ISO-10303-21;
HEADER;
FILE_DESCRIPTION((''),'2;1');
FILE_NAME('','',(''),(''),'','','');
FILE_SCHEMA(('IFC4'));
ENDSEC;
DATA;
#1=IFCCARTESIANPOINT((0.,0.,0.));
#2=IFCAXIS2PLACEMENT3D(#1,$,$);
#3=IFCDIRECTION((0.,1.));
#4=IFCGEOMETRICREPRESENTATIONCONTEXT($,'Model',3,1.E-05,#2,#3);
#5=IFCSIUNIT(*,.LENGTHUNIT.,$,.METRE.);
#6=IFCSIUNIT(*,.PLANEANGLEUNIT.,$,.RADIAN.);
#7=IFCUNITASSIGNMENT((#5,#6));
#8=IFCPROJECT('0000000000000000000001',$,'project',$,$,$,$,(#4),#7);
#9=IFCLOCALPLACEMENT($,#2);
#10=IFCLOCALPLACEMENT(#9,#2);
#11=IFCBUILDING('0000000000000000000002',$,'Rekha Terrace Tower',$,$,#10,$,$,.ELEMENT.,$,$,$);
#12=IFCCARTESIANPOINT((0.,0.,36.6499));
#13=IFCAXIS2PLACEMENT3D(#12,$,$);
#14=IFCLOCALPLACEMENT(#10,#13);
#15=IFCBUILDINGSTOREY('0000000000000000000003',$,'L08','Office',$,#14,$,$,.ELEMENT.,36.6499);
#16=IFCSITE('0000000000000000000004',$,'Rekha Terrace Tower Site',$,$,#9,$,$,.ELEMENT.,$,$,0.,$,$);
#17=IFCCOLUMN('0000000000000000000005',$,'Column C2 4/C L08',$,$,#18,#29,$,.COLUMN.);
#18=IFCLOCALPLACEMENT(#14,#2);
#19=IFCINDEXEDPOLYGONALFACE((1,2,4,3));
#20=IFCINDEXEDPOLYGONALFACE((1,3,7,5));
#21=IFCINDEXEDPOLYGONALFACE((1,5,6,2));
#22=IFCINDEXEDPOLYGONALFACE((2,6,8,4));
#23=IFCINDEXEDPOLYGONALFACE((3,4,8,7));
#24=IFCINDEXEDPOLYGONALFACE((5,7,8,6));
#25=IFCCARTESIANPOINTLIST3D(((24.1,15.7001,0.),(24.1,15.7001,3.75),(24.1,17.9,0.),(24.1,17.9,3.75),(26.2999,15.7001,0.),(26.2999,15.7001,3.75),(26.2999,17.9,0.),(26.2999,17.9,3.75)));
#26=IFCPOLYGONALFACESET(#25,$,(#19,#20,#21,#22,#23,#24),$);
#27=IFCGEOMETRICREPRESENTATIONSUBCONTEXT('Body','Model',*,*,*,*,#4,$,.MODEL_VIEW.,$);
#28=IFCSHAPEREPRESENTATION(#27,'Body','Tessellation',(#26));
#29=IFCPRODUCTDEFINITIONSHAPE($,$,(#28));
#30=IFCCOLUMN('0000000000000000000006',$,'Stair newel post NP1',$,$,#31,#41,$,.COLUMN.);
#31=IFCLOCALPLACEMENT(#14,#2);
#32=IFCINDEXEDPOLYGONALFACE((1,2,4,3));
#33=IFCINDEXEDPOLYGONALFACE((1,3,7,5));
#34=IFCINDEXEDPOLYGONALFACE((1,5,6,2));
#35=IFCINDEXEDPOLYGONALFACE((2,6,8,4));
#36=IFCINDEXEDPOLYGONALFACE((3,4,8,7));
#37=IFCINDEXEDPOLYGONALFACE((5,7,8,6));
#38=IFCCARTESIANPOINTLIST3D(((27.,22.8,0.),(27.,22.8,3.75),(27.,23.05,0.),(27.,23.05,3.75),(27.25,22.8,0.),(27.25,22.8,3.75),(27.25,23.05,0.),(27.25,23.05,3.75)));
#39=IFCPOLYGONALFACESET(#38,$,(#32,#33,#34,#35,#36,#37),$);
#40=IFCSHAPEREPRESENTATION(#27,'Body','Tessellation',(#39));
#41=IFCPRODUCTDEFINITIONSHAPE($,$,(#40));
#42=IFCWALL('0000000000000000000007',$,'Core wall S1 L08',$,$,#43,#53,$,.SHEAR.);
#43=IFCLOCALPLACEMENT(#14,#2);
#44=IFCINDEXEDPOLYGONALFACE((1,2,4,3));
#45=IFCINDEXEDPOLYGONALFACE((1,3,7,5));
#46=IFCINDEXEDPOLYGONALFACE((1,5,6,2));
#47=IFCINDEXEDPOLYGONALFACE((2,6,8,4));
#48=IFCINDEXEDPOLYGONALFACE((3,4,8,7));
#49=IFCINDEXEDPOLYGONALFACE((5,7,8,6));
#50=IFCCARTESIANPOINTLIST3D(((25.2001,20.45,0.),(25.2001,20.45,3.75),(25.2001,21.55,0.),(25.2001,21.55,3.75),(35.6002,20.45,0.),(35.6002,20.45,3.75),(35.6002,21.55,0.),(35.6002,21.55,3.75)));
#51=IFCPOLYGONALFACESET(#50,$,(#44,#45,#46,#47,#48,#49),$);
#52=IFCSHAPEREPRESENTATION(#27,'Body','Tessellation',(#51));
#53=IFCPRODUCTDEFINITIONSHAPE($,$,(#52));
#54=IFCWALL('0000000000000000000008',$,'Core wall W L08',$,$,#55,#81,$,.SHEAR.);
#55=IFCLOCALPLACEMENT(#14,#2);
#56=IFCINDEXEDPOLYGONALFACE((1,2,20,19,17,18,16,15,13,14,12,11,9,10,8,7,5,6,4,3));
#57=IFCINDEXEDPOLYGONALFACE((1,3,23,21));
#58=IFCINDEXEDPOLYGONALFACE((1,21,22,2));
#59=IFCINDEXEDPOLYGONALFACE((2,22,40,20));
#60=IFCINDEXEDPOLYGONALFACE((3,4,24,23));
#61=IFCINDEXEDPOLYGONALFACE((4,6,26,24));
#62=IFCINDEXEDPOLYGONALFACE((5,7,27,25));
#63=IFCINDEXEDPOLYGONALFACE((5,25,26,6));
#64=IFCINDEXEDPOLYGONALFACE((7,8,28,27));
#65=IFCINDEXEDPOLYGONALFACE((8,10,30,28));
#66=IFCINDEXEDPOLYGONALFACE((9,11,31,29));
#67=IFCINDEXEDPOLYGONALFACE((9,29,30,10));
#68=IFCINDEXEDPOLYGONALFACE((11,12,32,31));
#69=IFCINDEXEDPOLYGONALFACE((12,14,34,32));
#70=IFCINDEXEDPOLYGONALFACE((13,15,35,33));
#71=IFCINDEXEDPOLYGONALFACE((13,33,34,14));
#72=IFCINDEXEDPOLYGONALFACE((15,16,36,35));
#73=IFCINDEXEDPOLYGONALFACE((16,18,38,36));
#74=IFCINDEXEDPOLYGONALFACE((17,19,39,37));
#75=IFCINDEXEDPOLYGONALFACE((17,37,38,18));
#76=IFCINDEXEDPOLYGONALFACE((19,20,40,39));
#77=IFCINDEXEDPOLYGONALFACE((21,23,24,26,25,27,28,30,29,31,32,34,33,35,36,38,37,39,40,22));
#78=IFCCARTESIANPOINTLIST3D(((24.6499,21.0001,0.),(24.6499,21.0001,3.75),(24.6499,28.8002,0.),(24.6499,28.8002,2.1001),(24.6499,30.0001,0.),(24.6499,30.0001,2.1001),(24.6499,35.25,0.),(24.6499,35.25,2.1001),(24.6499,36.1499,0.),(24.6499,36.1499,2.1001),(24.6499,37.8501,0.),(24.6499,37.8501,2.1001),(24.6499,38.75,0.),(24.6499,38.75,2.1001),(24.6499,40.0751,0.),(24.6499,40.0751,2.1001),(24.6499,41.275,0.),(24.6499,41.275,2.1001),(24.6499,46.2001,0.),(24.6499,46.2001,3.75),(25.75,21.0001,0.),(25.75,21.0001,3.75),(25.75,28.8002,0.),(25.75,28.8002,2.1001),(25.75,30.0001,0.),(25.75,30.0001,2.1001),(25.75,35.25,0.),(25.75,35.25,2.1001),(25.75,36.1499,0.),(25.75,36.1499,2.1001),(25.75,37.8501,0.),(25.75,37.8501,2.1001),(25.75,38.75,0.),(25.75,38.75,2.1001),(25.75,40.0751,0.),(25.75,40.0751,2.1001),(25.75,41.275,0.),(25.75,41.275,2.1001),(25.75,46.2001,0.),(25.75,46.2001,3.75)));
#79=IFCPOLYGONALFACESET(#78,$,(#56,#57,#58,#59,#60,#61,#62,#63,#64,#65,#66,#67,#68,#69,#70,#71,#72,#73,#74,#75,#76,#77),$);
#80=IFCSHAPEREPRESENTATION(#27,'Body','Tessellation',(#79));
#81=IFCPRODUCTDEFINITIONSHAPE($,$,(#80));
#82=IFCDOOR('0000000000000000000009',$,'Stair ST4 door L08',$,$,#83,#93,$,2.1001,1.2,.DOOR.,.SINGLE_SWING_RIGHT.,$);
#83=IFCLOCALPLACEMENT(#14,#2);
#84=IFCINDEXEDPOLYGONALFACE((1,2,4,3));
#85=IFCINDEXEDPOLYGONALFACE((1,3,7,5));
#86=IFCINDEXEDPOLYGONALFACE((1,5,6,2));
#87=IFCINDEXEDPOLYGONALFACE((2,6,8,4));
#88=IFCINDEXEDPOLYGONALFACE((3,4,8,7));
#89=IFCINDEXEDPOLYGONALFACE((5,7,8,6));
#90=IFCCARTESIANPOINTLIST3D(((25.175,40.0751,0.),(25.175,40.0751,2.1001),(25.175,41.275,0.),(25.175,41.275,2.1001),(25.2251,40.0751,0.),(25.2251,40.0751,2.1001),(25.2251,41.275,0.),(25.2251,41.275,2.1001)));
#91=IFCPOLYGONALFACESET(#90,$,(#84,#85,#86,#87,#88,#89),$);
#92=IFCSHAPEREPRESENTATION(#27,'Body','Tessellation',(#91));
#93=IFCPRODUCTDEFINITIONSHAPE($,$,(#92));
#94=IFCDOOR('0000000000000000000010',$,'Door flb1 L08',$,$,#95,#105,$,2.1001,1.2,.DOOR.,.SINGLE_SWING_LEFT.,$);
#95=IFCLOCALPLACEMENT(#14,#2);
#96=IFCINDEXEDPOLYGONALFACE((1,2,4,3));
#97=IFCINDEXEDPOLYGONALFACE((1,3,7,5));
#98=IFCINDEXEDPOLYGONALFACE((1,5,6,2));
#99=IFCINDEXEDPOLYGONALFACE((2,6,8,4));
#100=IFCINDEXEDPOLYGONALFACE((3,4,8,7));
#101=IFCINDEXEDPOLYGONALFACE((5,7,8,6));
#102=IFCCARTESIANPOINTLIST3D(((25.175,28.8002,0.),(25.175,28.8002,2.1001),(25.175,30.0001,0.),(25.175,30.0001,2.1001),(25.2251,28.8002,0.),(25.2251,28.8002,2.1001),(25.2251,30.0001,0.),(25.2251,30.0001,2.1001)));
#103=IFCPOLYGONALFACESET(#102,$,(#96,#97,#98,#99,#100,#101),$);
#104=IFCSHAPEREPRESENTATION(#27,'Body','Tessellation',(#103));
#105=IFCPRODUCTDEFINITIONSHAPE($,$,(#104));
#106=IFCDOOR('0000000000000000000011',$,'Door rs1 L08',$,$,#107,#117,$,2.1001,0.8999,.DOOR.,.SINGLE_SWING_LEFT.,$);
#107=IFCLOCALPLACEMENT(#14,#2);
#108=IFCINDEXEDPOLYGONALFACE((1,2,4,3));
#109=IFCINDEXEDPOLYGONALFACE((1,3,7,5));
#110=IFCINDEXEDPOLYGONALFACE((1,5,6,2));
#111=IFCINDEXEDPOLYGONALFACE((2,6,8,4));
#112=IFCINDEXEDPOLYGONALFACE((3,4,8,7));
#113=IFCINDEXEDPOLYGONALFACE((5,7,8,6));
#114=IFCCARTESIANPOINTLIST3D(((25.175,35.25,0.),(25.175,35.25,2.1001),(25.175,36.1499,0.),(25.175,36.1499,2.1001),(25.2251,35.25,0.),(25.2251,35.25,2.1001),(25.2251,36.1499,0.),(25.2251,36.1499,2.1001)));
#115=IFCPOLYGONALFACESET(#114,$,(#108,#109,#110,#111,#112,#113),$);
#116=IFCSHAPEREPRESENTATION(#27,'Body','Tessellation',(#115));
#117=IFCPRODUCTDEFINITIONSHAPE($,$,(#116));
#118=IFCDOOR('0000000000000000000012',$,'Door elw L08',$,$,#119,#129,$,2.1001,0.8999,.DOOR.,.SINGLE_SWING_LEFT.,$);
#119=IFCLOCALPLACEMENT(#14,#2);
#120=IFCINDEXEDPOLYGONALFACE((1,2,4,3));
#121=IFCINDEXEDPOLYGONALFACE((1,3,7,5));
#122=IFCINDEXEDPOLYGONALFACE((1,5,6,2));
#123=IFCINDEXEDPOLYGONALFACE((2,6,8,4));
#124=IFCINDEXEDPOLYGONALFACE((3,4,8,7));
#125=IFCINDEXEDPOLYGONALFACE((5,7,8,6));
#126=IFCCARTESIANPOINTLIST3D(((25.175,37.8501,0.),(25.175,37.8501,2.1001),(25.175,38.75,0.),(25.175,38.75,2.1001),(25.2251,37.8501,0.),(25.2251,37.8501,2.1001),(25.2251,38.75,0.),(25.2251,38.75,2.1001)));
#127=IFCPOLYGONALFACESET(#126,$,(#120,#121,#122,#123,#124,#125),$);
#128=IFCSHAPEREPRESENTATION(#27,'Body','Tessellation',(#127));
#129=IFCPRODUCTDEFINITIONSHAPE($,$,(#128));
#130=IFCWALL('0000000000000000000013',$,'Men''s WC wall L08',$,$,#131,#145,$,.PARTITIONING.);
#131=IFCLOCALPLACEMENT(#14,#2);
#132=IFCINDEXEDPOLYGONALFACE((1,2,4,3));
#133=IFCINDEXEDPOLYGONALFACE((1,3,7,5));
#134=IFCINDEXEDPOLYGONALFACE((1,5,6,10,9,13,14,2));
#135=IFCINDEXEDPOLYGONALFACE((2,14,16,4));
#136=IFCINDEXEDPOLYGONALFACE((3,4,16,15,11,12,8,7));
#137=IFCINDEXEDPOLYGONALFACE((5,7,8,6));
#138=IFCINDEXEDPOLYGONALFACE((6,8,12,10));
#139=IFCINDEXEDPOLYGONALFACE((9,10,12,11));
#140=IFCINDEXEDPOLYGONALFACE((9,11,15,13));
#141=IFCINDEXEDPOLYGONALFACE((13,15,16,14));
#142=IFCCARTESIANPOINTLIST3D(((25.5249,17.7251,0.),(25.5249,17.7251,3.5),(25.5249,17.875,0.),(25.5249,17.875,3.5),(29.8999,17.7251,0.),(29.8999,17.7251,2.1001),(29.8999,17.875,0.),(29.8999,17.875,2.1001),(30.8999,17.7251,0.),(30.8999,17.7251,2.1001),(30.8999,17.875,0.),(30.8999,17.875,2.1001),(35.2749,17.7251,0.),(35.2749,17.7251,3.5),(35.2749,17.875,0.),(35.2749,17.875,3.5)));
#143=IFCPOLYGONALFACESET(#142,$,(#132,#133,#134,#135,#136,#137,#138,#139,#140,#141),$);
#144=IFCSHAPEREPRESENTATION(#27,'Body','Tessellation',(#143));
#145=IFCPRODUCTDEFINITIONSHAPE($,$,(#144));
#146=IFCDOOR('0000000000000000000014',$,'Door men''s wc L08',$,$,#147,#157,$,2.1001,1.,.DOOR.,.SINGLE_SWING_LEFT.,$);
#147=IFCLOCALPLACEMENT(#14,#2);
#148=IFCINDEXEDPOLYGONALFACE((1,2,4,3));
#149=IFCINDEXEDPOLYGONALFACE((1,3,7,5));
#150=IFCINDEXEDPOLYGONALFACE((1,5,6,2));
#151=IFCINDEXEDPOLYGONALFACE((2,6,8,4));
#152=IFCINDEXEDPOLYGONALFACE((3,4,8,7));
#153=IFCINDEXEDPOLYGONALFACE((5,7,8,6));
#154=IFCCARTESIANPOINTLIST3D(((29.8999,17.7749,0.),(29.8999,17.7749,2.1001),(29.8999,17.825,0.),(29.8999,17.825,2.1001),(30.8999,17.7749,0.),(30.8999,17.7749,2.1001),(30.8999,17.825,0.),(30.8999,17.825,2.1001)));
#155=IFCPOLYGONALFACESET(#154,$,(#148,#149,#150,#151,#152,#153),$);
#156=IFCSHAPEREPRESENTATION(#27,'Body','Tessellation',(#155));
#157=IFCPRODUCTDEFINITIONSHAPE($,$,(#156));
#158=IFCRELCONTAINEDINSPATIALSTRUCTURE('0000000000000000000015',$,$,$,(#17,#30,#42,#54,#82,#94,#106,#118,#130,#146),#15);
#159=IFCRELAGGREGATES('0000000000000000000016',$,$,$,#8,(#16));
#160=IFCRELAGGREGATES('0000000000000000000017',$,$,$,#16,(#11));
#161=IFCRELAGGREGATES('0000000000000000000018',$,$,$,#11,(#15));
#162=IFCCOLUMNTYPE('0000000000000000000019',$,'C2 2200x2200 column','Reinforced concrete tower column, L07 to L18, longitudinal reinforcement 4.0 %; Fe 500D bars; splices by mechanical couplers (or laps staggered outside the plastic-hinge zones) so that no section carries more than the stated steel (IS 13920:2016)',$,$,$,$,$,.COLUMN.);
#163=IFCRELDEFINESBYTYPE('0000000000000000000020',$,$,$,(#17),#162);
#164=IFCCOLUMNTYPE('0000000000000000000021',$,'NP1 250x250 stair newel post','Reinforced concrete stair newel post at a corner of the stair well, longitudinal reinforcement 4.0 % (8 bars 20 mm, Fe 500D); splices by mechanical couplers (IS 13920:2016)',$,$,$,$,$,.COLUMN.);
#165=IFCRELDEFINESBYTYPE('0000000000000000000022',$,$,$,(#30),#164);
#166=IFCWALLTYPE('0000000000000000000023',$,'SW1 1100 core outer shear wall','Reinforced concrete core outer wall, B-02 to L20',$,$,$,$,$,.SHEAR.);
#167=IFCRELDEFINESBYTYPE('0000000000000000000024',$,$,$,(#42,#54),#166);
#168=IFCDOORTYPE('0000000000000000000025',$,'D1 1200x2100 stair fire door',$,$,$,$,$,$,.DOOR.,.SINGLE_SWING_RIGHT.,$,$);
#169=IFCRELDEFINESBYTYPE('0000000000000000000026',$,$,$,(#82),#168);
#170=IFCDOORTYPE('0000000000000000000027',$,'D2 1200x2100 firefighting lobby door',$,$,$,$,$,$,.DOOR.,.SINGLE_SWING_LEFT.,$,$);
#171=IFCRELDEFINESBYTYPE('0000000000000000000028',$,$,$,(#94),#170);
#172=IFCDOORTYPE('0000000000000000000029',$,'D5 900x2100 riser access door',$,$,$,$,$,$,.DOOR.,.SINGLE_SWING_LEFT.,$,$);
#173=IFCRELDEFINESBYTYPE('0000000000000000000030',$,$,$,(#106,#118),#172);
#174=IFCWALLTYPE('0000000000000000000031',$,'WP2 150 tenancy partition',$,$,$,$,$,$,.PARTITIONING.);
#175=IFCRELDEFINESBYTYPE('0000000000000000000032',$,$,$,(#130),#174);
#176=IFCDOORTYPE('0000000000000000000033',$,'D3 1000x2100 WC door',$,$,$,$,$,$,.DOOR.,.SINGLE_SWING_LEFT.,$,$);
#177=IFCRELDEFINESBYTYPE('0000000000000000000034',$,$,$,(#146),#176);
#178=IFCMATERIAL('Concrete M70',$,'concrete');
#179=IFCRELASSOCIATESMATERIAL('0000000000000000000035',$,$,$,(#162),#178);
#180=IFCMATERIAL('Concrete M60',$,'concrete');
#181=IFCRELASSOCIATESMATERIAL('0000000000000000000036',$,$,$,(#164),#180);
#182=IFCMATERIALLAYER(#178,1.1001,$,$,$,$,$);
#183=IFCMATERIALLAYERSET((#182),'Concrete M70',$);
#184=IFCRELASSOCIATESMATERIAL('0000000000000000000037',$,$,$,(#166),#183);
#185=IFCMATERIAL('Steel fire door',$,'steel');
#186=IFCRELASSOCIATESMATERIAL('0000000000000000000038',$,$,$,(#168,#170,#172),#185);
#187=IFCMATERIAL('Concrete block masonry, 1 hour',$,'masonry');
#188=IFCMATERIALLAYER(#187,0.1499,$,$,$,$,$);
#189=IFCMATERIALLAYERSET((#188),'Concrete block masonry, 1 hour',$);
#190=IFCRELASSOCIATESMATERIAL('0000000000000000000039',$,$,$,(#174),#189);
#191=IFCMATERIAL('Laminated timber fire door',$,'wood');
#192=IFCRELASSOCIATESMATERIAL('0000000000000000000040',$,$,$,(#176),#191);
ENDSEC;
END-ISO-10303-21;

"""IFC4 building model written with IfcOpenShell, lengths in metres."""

from ifc_helpers import new_model, si_unit, direction, frame, frame_2d, origin, origin_2d, place, context, subcontext, project, spatial, rectangle, extrude, material, layer, layer_set, material_profile, profile_set, type_object, element, fill, save


model = new_model("IFC4")

# Units and contexts
model_context = context("Model", 3, precision=1e-05, world=origin(), true_north=direction((0.0, 1.0)))
body_context = subcontext(model_context, "Body", "Model", "MODEL_VIEW")
ifc_project = project(units=[si_unit("LENGTHUNIT", "METRE"), si_unit("PLANEANGLEUNIT", "RADIAN")], contexts=[model_context])

# Site, building, storey
site_placement = place(None, origin())
site = spatial("IfcSite", under=ifc_project, at=site_placement, Name="Rekha Terrace Tower Site", CompositionType="ELEMENT", RefElevation=0.0)
building_placement = place(site_placement, origin())
building = spatial("IfcBuilding", under=site, at=building_placement, Name="Rekha Terrace Tower", CompositionType="ELEMENT")
storey_placement = place(building_placement, frame((0.0, 0.0, 36.6499)))
storey = spatial("IfcBuildingStorey", under=building, at=storey_placement, Name="L08", Description="Office", CompositionType="ELEMENT", Elevation=36.6499)

# Columns
ifc_material_1 = material(Name="Concrete M70", Category="concrete")
ifc_material_profile_1 = material_profile(ifc_material_1, rectangle(XDim=2.2, YDim=2.2, at=origin_2d()), Name="RC 2200x2200")
ifc_profile_set_1 = profile_set([ifc_material_profile_1], Name="Concrete M70")
column_type_1 = type_object("IfcColumnType", Name="C2 2200x2200 column", Description="Reinforced concrete tower column, L07 to L18, longitudinal reinforcement 4.0 %; Fe 500D bars; splices by mechanical couplers (or laps staggered outside the plastic-hinge zones) so that no section carries more than the stated steel (IS 13920:2016)", PredefinedType="COLUMN", material=ifc_profile_set_1)
column_1_placement = place(storey_placement, frame((25.2, 16.8, 0.0), z_axis=(0.0, 0.0, 1.0), x_axis=(1.0, 0.0, 0.0)))
element("IfcColumn", 1, at=column_1_placement, inside=storey, type_object=column_type_1, Name="Column C2 4/C L08", PredefinedType="COLUMN", context=body_context, shape_type="SweptSolid", body=[
    extrude(rectangle(XDim=2.2, YDim=2.2, at=origin_2d()), origin(), (0.0, 0.0, 1.0), 3.75),
])
ifc_material_2 = material(Name="Concrete M60", Category="concrete")
ifc_material_profile_2 = material_profile(ifc_material_2, rectangle(XDim=0.25, YDim=0.25, at=origin_2d()), Name="RC 250x250")
ifc_profile_set_2 = profile_set([ifc_material_profile_2], Name="Concrete M60")
column_type_2 = type_object("IfcColumnType", Name="NP1 250x250 stair newel post", Description="Reinforced concrete stair newel post at a corner of the stair well, longitudinal reinforcement 4.0 % (8 bars 20 mm, Fe 500D); splices by mechanical couplers (IS 13920:2016)", PredefinedType="COLUMN", material=ifc_profile_set_2)
column_2_placement = place(storey_placement, frame((27.125, 22.925, 0.0), z_axis=(0.0, 0.0, 1.0), x_axis=(1.0, 0.0, 0.0)))
element("IfcColumn", 2, at=column_2_placement, inside=storey, type_object=column_type_2, Name="Stair newel post NP1", PredefinedType="COLUMN", context=body_context, shape_type="SweptSolid", body=[
    extrude(rectangle(XDim=0.25, YDim=0.25, at=origin_2d()), origin(), (0.0, 0.0, 1.0), 3.75),
])

# Wall
ifc_layer_1 = layer(ifc_material_1, 1.1001)
ifc_layer_set_1 = layer_set([ifc_layer_1], Name="Concrete M70")
wall_type_1 = type_object("IfcWallType", Name="SW1 1100 core outer shear wall", Description="Reinforced concrete core outer wall, B-02 to L20", PredefinedType="SHEAR", material=ifc_layer_set_1)
wall_1_placement = place(storey_placement, frame((25.2, 21.0, 0.0), z_axis=(0.0, 0.0, 1.0), x_axis=(1.0, 0.0, 0.0)))
element("IfcWall", 3, at=wall_1_placement, inside=storey, type_object=wall_type_1, Name="Core wall S1 L08", PredefinedType="SHEAR", context=body_context, shape_type="SweptSolid", body=[
    extrude(rectangle(XDim=10.4001, YDim=1.1001, at=frame_2d((5.2002, 0.0))), origin(), (0.0, 0.0, 1.0), 3.75),
])

# Wall, openings, doors
wall_2_placement = place(storey_placement, frame((25.2, 21.0, 0.0), z_axis=(0.0, 0.0, 1.0), x_axis=(0.0, 1.0, 0.0)))
wall_2 = element("IfcWall", 4, at=wall_2_placement, inside=storey, type_object=wall_type_1, Name="Core wall W L08", PredefinedType="SHEAR", context=body_context, shape_type="SweptSolid", body=[
    extrude(rectangle(XDim=25.2, YDim=1.1001, at=frame_2d((12.6001, 0.0))), origin(), (0.0, 0.0, 1.0), 3.75),
])
opening_1_placement = place(wall_2_placement, frame((7.8, 0.0, 0.0)))
opening_1 = element("IfcOpeningElement", 5, at=opening_1_placement, cuts=wall_2, PredefinedType="OPENING", context=body_context, shape_type="SweptSolid", body=[
    extrude(rectangle(XDim=1.2, YDim=2.1001, at=frame_2d((0.6001, 1.05))), frame((0.0, 0.5601, 0.0), z_axis=(0.0, -1.0, 0.0), x_axis=(1.0, 0.0, 0.0)), (0.0, 0.0, 1.0), 1.1201),
])
opening_2_placement = place(wall_2_placement, frame((14.25, 0.0, 0.0)))
opening_2 = element("IfcOpeningElement", 6, at=opening_2_placement, cuts=wall_2, PredefinedType="OPENING", context=body_context, shape_type="SweptSolid", body=[
    extrude(rectangle(XDim=0.8999, YDim=2.1001, at=frame_2d((0.45, 1.05))), frame((0.0, 0.5601, 0.0), z_axis=(0.0, -1.0, 0.0), x_axis=(1.0, 0.0, 0.0)), (0.0, 0.0, 1.0), 1.1201),
])
opening_3_placement = place(wall_2_placement, frame((16.8501, 0.0, 0.0)))
opening_3 = element("IfcOpeningElement", 7, at=opening_3_placement, cuts=wall_2, PredefinedType="OPENING", context=body_context, shape_type="SweptSolid", body=[
    extrude(rectangle(XDim=0.8999, YDim=2.1001, at=frame_2d((0.45, 1.05))), frame((0.0, 0.5601, 0.0), z_axis=(0.0, -1.0, 0.0), x_axis=(1.0, 0.0, 0.0)), (0.0, 0.0, 1.0), 1.1201),
])
opening_4_placement = place(wall_2_placement, frame((19.075, 0.0, 0.0)))
opening_4 = element("IfcOpeningElement", 8, at=opening_4_placement, cuts=wall_2, PredefinedType="OPENING", context=body_context, shape_type="SweptSolid", body=[
    extrude(rectangle(XDim=1.2, YDim=2.1001, at=frame_2d((0.6001, 1.05))), frame((0.0, 0.5601, 0.0), z_axis=(0.0, -1.0, 0.0), x_axis=(1.0, 0.0, 0.0)), (0.0, 0.0, 1.0), 1.1201),
])
ifc_material_3 = material(Name="Steel fire door", Category="steel")
door_type_1 = type_object("IfcDoorType", Name="D1 1200x2100 stair fire door", OperationType="SINGLE_SWING_RIGHT", PredefinedType="DOOR", material=ifc_material_3)
door_1_placement = place(opening_4_placement, origin())
door_1 = element("IfcDoor", 9, at=door_1_placement, inside=storey, type_object=door_type_1, Name="Stair ST4 door L08", OperationType="SINGLE_SWING_RIGHT", OverallHeight=2.1001, OverallWidth=1.2, PredefinedType="DOOR", context=body_context, shape_type="SweptSolid", body=[
    extrude(rectangle(XDim=1.2, YDim=2.1001, at=frame_2d((0.6001, 1.05))), frame((0.0, 0.0249, 0.0), z_axis=(0.0, -1.0, 0.0), x_axis=(1.0, 0.0, 0.0)), (0.0, 0.0, 1.0), 0.05),
])
fill(opening_4, door_1)
door_type_2 = type_object("IfcDoorType", Name="D2 1200x2100 firefighting lobby door", OperationType="SINGLE_SWING_LEFT", PredefinedType="DOOR", material=ifc_material_3)
door_2_placement = place(opening_1_placement, origin())
door_2 = element("IfcDoor", 10, at=door_2_placement, inside=storey, type_object=door_type_2, Name="Door flb1 L08", OperationType="SINGLE_SWING_LEFT", OverallHeight=2.1001, OverallWidth=1.2, PredefinedType="DOOR", context=body_context, shape_type="SweptSolid", body=[
    extrude(rectangle(XDim=1.2, YDim=2.1001, at=frame_2d((0.6001, 1.05))), frame((0.0, 0.0249, 0.0), z_axis=(0.0, -1.0, 0.0), x_axis=(1.0, 0.0, 0.0)), (0.0, 0.0, 1.0), 0.05),
])
fill(opening_1, door_2)
door_type_3 = type_object("IfcDoorType", Name="D5 900x2100 riser access door", OperationType="SINGLE_SWING_LEFT", PredefinedType="DOOR", material=ifc_material_3)
door_3_placement = place(opening_2_placement, origin())
door_3 = element("IfcDoor", 11, at=door_3_placement, inside=storey, type_object=door_type_3, Name="Door rs1 L08", OperationType="SINGLE_SWING_LEFT", OverallHeight=2.1001, OverallWidth=0.8999, PredefinedType="DOOR", context=body_context, shape_type="SweptSolid", body=[
    extrude(rectangle(XDim=0.8999, YDim=2.1001, at=frame_2d((0.45, 1.05))), frame((0.0, 0.0249, 0.0), z_axis=(0.0, -1.0, 0.0), x_axis=(1.0, 0.0, 0.0)), (0.0, 0.0, 1.0), 0.05),
])
fill(opening_2, door_3)
door_4_placement = place(opening_3_placement, origin())
door_4 = element("IfcDoor", 12, at=door_4_placement, inside=storey, type_object=door_type_3, Name="Door elw L08", OperationType="SINGLE_SWING_LEFT", OverallHeight=2.1001, OverallWidth=0.8999, PredefinedType="DOOR", context=body_context, shape_type="SweptSolid", body=[
    extrude(rectangle(XDim=0.8999, YDim=2.1001, at=frame_2d((0.45, 1.05))), frame((0.0, 0.0249, 0.0), z_axis=(0.0, -1.0, 0.0), x_axis=(1.0, 0.0, 0.0)), (0.0, 0.0, 1.0), 0.05),
])
fill(opening_3, door_4)

# Wall, opening, door
ifc_material_4 = material(Name="Concrete block masonry, 1 hour", Category="masonry")
ifc_layer_2 = layer(ifc_material_4, 0.1499)
ifc_layer_set_2 = layer_set([ifc_layer_2], Name="Concrete block masonry, 1 hour")
wall_type_2 = type_object("IfcWallType", Name="WP2 150 tenancy partition", PredefinedType="PARTITIONING", material=ifc_layer_set_2)
wall_3_placement = place(storey_placement, frame((25.5249, 17.8, 0.0), z_axis=(0.0, 0.0, 1.0), x_axis=(1.0, 0.0, 0.0)))
wall_3 = element("IfcWall", 13, at=wall_3_placement, inside=storey, type_object=wall_type_2, Name="Men's WC wall L08", PredefinedType="PARTITIONING", context=body_context, shape_type="SweptSolid", body=[
    extrude(rectangle(XDim=9.75, YDim=0.1499, at=frame_2d((4.875, 0.0))), origin(), (0.0, 0.0, 1.0), 3.5),
])
opening_5_placement = place(wall_3_placement, frame((4.375, 0.0, 0.0)))
opening_5 = element("IfcOpeningElement", 14, at=opening_5_placement, cuts=wall_3, PredefinedType="OPENING", context=body_context, shape_type="SweptSolid", body=[
    extrude(rectangle(XDim=1.0, YDim=2.1001, at=frame_2d((0.5, 1.05))), frame((0.0, 0.085, 0.0), z_axis=(0.0, -1.0, 0.0), x_axis=(1.0, 0.0, 0.0)), (0.0, 0.0, 1.0), 0.1699),
])
ifc_material_5 = material(Name="Laminated timber fire door", Category="wood")
door_type_4 = type_object("IfcDoorType", Name="D3 1000x2100 WC door", OperationType="SINGLE_SWING_LEFT", PredefinedType="DOOR", material=ifc_material_5)
door_5_placement = place(opening_5_placement, origin())
door_5 = element("IfcDoor", 15, at=door_5_placement, inside=storey, type_object=door_type_4, Name="Door men's wc L08", OperationType="SINGLE_SWING_LEFT", OverallHeight=2.1001, OverallWidth=1.0, PredefinedType="DOOR", context=body_context, shape_type="SweptSolid", body=[
    extrude(rectangle(XDim=1.0, YDim=2.1001, at=frame_2d((0.5, 1.05))), frame((0.0, 0.0249, 0.0), z_axis=(0.0, -1.0, 0.0), x_axis=(1.0, 0.0, 0.0)), (0.0, 0.0, 1.0), 0.05),
])
fill(opening_5, door_5)

save(model, "model.ifc")
